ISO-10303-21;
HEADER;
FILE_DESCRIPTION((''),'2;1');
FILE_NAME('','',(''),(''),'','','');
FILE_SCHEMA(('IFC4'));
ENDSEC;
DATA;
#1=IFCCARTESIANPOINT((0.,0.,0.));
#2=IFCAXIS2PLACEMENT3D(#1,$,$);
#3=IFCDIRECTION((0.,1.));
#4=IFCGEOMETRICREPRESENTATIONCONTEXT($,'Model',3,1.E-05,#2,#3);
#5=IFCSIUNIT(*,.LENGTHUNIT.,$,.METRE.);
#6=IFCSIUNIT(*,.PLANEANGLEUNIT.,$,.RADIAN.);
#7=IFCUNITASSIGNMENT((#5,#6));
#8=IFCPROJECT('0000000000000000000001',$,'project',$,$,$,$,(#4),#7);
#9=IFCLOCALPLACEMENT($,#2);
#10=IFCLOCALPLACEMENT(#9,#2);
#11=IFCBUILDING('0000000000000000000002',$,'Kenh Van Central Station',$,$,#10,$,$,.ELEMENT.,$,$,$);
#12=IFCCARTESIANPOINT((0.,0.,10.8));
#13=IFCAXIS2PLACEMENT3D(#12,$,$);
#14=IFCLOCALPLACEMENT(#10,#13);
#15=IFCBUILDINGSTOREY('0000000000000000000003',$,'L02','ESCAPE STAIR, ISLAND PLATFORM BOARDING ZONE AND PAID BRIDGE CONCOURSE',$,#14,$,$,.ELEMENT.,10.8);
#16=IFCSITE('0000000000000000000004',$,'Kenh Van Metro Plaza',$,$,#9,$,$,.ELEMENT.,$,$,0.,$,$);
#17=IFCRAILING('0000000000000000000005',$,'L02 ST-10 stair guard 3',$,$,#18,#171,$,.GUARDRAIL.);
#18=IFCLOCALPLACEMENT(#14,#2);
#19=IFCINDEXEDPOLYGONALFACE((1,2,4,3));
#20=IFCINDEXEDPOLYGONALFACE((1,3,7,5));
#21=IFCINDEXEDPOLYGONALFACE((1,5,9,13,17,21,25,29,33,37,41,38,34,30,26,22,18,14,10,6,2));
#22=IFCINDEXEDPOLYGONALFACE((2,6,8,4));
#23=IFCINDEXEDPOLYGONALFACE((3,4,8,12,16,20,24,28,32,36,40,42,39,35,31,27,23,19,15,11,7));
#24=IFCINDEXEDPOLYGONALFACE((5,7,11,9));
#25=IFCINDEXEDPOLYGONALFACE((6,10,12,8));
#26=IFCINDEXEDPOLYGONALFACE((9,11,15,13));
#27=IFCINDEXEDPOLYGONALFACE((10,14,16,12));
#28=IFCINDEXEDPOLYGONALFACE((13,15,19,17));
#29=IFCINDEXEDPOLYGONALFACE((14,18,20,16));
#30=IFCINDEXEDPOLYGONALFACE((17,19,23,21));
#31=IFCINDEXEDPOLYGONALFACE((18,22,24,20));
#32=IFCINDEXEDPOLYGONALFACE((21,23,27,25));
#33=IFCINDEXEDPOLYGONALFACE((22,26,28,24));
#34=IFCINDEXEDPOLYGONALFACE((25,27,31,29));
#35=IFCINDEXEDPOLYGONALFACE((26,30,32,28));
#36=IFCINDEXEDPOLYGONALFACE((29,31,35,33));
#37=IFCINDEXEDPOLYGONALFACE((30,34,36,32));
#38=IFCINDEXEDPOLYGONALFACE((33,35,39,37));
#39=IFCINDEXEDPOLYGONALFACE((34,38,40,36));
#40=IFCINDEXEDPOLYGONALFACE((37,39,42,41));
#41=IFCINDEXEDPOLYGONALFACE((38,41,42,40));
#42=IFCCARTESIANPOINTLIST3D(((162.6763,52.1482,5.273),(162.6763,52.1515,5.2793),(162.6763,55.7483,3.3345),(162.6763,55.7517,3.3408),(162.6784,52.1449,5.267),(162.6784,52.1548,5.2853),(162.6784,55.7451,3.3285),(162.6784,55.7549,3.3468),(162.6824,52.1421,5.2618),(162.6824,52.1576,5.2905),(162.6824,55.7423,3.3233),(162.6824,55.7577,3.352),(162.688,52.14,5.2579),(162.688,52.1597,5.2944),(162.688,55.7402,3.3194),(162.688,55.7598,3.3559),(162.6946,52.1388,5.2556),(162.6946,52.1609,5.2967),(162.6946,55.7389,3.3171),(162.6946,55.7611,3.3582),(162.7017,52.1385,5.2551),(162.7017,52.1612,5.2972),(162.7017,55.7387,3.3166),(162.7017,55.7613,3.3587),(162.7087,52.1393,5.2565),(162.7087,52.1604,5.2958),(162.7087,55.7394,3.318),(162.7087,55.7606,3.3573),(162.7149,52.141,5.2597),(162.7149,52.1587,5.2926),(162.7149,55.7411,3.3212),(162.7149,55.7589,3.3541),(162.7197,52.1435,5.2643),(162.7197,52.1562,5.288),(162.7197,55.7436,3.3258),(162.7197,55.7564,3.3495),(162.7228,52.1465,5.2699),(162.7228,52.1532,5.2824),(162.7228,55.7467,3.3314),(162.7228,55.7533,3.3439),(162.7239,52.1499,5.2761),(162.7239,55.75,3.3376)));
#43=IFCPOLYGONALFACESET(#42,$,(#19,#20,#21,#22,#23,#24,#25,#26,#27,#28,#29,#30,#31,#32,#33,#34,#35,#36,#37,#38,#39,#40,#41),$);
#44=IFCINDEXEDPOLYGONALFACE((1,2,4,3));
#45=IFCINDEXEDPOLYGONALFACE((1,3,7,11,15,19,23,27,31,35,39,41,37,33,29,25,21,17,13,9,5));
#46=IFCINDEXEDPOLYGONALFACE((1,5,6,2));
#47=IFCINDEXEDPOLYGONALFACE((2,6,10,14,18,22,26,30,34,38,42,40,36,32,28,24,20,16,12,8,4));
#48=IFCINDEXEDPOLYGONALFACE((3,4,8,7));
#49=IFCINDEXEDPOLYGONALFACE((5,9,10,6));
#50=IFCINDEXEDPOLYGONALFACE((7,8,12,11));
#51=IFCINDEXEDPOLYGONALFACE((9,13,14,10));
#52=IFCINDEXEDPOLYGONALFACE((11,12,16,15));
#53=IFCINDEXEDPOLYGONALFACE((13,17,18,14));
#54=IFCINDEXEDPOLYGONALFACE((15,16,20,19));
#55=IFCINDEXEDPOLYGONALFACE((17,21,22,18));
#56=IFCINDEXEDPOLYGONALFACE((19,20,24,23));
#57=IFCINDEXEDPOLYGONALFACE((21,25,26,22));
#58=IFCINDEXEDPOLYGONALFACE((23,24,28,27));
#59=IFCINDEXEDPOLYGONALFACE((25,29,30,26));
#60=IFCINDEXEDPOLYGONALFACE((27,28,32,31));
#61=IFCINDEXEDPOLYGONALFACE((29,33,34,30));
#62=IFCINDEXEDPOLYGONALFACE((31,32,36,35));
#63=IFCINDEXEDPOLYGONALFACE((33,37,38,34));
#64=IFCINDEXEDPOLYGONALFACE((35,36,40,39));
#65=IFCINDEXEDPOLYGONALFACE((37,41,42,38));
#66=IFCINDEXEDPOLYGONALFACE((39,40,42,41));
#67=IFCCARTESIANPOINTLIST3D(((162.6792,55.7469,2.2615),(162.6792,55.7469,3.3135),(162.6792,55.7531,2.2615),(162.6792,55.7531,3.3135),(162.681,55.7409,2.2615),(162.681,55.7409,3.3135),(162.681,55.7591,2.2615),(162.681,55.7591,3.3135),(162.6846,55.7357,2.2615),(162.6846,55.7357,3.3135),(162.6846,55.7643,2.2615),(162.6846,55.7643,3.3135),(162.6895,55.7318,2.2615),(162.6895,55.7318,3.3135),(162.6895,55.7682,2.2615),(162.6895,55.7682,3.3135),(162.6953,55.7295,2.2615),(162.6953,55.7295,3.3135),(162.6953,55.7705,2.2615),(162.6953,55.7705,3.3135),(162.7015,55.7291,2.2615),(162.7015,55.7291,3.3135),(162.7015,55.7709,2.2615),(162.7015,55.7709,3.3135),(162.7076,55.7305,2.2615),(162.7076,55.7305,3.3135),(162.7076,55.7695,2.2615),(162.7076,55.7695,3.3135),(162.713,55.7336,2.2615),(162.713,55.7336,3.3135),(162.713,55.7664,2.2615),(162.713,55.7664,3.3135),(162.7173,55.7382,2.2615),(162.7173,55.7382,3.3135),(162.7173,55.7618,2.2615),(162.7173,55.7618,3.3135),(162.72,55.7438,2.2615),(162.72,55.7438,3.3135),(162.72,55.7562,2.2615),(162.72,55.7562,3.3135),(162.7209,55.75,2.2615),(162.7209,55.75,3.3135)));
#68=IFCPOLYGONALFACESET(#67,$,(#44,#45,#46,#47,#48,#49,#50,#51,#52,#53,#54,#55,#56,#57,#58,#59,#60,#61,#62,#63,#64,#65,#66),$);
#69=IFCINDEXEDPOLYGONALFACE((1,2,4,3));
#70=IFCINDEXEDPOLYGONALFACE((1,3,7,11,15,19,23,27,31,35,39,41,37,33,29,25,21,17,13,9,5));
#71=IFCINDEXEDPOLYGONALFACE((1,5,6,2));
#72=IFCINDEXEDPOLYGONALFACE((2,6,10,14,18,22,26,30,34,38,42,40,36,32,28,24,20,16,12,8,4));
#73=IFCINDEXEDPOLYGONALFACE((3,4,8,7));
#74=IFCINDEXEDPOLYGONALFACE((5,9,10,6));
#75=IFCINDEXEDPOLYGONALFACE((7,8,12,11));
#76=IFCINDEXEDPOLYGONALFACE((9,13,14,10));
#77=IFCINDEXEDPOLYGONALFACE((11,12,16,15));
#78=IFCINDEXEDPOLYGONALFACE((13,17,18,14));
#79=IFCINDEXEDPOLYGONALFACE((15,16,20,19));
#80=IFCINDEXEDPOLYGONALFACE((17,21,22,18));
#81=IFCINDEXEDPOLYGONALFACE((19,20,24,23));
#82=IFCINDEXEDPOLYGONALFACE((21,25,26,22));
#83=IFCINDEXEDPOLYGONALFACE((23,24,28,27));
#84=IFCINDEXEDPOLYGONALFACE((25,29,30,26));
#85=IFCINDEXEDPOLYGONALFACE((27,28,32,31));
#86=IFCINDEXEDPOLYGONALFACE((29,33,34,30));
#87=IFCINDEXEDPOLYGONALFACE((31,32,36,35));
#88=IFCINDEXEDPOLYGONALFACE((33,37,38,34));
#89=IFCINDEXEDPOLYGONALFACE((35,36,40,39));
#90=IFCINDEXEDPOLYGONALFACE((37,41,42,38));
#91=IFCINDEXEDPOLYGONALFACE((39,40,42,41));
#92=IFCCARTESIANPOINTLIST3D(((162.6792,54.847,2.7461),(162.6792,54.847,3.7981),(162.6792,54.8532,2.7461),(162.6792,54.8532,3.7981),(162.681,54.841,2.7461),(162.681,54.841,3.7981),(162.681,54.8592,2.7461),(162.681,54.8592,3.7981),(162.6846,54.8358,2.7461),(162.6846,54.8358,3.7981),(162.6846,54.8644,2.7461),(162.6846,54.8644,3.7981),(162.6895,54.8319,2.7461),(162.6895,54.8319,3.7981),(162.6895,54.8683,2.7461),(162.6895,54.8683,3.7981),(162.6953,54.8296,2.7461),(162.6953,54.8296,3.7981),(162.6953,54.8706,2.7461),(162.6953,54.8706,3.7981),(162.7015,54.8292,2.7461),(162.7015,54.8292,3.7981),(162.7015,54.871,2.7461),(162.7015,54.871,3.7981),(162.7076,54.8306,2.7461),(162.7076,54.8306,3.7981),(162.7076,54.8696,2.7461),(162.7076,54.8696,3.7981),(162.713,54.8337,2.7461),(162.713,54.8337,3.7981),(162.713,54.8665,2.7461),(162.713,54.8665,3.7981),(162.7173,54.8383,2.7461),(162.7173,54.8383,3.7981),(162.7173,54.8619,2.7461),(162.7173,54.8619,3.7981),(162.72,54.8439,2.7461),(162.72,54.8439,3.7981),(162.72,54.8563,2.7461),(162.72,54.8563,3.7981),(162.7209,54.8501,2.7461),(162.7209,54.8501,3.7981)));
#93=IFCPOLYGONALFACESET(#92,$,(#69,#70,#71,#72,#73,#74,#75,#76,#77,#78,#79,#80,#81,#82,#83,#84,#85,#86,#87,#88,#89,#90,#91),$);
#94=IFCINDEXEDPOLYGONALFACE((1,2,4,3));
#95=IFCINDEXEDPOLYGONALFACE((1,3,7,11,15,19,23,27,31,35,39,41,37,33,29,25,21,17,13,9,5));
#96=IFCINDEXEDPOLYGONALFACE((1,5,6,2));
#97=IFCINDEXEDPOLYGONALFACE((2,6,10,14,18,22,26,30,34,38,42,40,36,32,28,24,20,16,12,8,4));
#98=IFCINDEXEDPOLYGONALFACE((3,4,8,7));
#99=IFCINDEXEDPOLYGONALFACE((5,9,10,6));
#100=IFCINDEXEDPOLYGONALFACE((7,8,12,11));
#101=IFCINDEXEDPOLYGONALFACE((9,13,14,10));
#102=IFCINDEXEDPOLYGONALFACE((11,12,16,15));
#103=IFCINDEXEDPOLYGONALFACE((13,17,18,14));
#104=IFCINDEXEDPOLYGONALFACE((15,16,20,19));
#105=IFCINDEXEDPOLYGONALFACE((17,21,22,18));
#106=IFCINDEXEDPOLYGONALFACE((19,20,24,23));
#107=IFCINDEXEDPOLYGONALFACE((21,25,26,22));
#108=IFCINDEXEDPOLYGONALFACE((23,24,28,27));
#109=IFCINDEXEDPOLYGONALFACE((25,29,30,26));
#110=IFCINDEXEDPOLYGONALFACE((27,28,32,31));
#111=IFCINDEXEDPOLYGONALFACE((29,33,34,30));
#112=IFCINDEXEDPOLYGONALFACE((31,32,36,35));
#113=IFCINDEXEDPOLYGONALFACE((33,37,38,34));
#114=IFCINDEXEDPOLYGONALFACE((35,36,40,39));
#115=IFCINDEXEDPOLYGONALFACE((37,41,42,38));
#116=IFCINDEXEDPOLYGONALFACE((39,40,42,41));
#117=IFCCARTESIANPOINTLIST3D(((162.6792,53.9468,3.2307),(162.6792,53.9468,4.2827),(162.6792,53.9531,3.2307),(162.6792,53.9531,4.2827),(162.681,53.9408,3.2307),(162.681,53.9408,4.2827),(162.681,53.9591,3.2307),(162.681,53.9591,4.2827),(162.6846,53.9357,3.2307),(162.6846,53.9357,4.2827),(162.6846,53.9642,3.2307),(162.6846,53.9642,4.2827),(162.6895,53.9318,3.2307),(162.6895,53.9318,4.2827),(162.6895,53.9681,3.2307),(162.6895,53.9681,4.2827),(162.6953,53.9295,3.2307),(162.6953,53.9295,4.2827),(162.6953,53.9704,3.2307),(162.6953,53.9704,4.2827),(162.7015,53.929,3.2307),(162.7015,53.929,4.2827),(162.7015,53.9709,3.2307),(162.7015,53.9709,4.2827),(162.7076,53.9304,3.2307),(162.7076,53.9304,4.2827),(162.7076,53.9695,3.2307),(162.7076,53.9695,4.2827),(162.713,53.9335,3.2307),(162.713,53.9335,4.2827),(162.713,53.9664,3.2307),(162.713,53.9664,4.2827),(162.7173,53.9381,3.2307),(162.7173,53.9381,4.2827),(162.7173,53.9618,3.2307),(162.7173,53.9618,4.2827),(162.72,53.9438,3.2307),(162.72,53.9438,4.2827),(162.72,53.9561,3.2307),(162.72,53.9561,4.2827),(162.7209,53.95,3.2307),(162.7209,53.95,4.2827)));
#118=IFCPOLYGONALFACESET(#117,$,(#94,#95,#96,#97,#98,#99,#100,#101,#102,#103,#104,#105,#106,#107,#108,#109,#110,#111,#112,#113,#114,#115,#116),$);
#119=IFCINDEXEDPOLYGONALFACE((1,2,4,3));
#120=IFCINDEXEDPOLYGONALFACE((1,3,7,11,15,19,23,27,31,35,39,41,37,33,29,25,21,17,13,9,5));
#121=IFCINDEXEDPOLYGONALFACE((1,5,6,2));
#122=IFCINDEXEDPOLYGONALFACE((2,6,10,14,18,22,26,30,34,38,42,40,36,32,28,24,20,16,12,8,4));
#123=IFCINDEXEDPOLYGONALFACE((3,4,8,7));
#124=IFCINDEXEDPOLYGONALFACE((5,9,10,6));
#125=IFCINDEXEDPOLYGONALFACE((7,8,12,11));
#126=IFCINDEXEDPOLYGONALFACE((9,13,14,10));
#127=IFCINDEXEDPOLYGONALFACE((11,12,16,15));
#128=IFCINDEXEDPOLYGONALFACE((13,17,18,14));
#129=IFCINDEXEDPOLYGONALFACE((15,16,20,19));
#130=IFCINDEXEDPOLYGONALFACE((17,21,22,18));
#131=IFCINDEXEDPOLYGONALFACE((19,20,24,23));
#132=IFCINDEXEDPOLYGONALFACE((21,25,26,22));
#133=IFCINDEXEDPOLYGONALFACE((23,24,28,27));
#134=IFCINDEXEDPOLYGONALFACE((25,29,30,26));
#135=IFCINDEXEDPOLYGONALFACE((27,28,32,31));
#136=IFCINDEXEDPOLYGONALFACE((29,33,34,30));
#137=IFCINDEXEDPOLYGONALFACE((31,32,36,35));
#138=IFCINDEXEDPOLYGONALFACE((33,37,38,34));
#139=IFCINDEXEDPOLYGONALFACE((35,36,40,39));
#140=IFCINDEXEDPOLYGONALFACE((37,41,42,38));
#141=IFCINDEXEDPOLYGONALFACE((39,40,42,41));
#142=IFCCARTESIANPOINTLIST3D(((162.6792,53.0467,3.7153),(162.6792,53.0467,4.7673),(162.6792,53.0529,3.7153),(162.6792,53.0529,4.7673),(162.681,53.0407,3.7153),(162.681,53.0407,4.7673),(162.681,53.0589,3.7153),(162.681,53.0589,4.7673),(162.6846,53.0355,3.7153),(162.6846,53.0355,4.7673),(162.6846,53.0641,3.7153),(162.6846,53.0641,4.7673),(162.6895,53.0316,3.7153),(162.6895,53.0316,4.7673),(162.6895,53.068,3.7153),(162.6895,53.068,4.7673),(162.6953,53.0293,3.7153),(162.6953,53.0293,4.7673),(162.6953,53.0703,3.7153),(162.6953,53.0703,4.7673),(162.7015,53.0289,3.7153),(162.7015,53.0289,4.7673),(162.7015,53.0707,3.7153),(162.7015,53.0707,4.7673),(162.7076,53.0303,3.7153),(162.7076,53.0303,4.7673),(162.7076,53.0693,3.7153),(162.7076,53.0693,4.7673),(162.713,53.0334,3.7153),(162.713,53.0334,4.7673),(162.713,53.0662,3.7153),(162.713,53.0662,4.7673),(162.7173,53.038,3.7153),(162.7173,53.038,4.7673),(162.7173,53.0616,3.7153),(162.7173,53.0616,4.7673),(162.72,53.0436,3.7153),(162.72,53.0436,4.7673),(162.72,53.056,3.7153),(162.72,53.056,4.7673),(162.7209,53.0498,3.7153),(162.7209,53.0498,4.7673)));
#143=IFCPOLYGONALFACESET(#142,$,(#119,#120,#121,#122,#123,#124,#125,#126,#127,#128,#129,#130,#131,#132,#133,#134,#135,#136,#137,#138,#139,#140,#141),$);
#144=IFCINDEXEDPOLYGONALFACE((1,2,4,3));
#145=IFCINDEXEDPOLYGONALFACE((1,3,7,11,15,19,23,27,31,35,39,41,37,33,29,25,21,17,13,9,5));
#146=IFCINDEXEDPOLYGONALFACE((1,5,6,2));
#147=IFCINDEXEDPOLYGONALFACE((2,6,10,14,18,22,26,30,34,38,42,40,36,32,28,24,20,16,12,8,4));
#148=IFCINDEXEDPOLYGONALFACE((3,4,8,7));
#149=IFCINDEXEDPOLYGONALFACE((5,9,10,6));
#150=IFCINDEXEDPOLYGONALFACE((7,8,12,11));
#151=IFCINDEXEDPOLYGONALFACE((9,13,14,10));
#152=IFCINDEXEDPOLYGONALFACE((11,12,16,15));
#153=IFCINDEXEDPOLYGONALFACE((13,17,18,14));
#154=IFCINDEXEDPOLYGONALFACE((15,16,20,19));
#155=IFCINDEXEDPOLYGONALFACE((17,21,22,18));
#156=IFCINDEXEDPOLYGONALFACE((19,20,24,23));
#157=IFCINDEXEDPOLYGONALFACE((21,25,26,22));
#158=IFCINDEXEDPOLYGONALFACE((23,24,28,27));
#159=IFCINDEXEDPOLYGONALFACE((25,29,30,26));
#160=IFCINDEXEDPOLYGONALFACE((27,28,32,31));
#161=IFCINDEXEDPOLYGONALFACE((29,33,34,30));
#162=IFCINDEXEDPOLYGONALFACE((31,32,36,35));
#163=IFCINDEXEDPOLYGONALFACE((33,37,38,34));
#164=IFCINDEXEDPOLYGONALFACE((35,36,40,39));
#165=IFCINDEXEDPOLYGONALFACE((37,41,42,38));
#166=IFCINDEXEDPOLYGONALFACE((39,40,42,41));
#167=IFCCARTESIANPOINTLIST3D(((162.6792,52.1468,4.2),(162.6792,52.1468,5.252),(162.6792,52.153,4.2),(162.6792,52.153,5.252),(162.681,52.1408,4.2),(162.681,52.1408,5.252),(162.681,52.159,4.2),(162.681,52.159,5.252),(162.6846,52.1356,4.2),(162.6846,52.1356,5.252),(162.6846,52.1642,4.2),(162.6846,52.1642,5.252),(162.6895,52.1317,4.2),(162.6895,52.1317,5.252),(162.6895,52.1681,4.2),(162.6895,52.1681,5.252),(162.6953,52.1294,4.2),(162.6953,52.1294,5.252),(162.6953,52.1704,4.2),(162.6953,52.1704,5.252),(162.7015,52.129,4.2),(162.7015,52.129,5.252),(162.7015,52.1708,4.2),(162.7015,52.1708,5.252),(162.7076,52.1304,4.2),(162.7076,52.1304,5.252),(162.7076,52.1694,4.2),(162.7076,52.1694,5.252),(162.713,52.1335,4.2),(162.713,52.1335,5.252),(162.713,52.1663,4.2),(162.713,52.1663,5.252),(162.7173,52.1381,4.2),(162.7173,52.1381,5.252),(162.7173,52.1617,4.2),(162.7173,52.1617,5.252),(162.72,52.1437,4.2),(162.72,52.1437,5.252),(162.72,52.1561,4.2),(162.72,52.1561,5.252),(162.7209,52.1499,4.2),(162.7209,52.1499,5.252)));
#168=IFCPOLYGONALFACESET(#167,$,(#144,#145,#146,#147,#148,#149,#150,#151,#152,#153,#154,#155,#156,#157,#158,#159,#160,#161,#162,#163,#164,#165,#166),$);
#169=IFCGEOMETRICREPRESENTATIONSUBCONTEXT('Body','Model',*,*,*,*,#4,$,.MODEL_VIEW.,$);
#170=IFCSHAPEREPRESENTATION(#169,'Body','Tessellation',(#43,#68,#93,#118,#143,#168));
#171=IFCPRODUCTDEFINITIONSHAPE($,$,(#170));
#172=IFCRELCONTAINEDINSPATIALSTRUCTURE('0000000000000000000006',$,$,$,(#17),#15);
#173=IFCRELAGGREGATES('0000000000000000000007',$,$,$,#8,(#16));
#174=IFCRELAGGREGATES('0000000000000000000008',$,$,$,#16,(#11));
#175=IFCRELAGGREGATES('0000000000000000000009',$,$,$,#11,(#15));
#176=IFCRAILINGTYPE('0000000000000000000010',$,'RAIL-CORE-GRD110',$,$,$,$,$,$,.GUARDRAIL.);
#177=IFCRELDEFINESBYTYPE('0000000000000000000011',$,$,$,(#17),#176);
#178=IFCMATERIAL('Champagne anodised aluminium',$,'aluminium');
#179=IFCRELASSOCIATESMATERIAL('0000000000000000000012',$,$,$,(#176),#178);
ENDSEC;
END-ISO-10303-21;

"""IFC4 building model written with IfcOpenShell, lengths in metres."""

from ifc_helpers import new_model, si_unit, direction, frame, origin, origin_2d, place, context, subcontext, project, spatial, circle, extrude, material, type_object, element, save


model = new_model("IFC4")

# Units and contexts
model_context = context("Model", 3, precision=1e-05, world=origin(), true_north=direction((0.0, 1.0)))
body_context = subcontext(model_context, "Body", "Model", "MODEL_VIEW")
ifc_project = project(units=[si_unit("LENGTHUNIT", "METRE"), si_unit("PLANEANGLEUNIT", "RADIAN")], contexts=[model_context])

# Site, building, storey
site_placement = place(None, origin())
site = spatial("IfcSite", under=ifc_project, at=site_placement, Name="Kenh Van Metro Plaza", CompositionType="ELEMENT", RefElevation=0.0)
building_placement = place(site_placement, origin())
building = spatial("IfcBuilding", under=site, at=building_placement, Name="Kenh Van Central Station", CompositionType="ELEMENT")
storey_placement = place(building_placement, frame((0.0, 0.0, 10.8)))
storey = spatial("IfcBuildingStorey", under=building, at=storey_placement, Name="L02", Description="ESCAPE STAIR, ISLAND PLATFORM BOARDING ZONE AND PAID BRIDGE CONCOURSE", CompositionType="ELEMENT", Elevation=10.8)

# Shared definitions
ifc_material_1 = material(Name="Champagne anodised aluminium", Category="aluminium")

# Railing
railing_type_1 = type_object("IfcRailingType", Name="RAIL-CORE-GRD110", PredefinedType="GUARDRAIL", material=ifc_material_1)
railing_1_placement = place(storey_placement, frame((162.7, 55.75, 2.2615)))
element("IfcRailing", 1, at=railing_1_placement, inside=storey, type_object=railing_type_1, Name="L02 ST-10 stair guard 3", PredefinedType="GUARDRAIL", context=body_context, shape_type="SweptSolid", body=[
    extrude(circle(Radius=0.0239, at=origin_2d()), frame((0.0, 0.0, 1.0762), z_axis=(0.0, -0.880475, 0.474093), x_axis=(1.0, 0.0, 0.0)), (0.0, 0.0, 1.0), 4.0889),
    extrude(circle(Radius=0.021, at=origin_2d()), origin(), (0.0, 0.0, 1.0), 1.052),
    extrude(circle(Radius=0.021, at=origin_2d()), frame((0.0, -0.8999, 0.4846)), (0.0, 0.0, 1.0), 1.052),
    extrude(circle(Radius=0.021, at=origin_2d()), frame((0.0, -1.8, 0.9692)), (0.0, 0.0, 1.0), 1.052),
    extrude(circle(Radius=0.021, at=origin_2d()), frame((0.0, -2.7002, 1.4539)), (0.0, 0.0, 1.0), 1.052),
    extrude(circle(Radius=0.021, at=origin_2d()), frame((0.0, -3.6001, 1.9385)), (0.0, 0.0, 1.0), 1.052),
])

save(model, "model.ifc")
